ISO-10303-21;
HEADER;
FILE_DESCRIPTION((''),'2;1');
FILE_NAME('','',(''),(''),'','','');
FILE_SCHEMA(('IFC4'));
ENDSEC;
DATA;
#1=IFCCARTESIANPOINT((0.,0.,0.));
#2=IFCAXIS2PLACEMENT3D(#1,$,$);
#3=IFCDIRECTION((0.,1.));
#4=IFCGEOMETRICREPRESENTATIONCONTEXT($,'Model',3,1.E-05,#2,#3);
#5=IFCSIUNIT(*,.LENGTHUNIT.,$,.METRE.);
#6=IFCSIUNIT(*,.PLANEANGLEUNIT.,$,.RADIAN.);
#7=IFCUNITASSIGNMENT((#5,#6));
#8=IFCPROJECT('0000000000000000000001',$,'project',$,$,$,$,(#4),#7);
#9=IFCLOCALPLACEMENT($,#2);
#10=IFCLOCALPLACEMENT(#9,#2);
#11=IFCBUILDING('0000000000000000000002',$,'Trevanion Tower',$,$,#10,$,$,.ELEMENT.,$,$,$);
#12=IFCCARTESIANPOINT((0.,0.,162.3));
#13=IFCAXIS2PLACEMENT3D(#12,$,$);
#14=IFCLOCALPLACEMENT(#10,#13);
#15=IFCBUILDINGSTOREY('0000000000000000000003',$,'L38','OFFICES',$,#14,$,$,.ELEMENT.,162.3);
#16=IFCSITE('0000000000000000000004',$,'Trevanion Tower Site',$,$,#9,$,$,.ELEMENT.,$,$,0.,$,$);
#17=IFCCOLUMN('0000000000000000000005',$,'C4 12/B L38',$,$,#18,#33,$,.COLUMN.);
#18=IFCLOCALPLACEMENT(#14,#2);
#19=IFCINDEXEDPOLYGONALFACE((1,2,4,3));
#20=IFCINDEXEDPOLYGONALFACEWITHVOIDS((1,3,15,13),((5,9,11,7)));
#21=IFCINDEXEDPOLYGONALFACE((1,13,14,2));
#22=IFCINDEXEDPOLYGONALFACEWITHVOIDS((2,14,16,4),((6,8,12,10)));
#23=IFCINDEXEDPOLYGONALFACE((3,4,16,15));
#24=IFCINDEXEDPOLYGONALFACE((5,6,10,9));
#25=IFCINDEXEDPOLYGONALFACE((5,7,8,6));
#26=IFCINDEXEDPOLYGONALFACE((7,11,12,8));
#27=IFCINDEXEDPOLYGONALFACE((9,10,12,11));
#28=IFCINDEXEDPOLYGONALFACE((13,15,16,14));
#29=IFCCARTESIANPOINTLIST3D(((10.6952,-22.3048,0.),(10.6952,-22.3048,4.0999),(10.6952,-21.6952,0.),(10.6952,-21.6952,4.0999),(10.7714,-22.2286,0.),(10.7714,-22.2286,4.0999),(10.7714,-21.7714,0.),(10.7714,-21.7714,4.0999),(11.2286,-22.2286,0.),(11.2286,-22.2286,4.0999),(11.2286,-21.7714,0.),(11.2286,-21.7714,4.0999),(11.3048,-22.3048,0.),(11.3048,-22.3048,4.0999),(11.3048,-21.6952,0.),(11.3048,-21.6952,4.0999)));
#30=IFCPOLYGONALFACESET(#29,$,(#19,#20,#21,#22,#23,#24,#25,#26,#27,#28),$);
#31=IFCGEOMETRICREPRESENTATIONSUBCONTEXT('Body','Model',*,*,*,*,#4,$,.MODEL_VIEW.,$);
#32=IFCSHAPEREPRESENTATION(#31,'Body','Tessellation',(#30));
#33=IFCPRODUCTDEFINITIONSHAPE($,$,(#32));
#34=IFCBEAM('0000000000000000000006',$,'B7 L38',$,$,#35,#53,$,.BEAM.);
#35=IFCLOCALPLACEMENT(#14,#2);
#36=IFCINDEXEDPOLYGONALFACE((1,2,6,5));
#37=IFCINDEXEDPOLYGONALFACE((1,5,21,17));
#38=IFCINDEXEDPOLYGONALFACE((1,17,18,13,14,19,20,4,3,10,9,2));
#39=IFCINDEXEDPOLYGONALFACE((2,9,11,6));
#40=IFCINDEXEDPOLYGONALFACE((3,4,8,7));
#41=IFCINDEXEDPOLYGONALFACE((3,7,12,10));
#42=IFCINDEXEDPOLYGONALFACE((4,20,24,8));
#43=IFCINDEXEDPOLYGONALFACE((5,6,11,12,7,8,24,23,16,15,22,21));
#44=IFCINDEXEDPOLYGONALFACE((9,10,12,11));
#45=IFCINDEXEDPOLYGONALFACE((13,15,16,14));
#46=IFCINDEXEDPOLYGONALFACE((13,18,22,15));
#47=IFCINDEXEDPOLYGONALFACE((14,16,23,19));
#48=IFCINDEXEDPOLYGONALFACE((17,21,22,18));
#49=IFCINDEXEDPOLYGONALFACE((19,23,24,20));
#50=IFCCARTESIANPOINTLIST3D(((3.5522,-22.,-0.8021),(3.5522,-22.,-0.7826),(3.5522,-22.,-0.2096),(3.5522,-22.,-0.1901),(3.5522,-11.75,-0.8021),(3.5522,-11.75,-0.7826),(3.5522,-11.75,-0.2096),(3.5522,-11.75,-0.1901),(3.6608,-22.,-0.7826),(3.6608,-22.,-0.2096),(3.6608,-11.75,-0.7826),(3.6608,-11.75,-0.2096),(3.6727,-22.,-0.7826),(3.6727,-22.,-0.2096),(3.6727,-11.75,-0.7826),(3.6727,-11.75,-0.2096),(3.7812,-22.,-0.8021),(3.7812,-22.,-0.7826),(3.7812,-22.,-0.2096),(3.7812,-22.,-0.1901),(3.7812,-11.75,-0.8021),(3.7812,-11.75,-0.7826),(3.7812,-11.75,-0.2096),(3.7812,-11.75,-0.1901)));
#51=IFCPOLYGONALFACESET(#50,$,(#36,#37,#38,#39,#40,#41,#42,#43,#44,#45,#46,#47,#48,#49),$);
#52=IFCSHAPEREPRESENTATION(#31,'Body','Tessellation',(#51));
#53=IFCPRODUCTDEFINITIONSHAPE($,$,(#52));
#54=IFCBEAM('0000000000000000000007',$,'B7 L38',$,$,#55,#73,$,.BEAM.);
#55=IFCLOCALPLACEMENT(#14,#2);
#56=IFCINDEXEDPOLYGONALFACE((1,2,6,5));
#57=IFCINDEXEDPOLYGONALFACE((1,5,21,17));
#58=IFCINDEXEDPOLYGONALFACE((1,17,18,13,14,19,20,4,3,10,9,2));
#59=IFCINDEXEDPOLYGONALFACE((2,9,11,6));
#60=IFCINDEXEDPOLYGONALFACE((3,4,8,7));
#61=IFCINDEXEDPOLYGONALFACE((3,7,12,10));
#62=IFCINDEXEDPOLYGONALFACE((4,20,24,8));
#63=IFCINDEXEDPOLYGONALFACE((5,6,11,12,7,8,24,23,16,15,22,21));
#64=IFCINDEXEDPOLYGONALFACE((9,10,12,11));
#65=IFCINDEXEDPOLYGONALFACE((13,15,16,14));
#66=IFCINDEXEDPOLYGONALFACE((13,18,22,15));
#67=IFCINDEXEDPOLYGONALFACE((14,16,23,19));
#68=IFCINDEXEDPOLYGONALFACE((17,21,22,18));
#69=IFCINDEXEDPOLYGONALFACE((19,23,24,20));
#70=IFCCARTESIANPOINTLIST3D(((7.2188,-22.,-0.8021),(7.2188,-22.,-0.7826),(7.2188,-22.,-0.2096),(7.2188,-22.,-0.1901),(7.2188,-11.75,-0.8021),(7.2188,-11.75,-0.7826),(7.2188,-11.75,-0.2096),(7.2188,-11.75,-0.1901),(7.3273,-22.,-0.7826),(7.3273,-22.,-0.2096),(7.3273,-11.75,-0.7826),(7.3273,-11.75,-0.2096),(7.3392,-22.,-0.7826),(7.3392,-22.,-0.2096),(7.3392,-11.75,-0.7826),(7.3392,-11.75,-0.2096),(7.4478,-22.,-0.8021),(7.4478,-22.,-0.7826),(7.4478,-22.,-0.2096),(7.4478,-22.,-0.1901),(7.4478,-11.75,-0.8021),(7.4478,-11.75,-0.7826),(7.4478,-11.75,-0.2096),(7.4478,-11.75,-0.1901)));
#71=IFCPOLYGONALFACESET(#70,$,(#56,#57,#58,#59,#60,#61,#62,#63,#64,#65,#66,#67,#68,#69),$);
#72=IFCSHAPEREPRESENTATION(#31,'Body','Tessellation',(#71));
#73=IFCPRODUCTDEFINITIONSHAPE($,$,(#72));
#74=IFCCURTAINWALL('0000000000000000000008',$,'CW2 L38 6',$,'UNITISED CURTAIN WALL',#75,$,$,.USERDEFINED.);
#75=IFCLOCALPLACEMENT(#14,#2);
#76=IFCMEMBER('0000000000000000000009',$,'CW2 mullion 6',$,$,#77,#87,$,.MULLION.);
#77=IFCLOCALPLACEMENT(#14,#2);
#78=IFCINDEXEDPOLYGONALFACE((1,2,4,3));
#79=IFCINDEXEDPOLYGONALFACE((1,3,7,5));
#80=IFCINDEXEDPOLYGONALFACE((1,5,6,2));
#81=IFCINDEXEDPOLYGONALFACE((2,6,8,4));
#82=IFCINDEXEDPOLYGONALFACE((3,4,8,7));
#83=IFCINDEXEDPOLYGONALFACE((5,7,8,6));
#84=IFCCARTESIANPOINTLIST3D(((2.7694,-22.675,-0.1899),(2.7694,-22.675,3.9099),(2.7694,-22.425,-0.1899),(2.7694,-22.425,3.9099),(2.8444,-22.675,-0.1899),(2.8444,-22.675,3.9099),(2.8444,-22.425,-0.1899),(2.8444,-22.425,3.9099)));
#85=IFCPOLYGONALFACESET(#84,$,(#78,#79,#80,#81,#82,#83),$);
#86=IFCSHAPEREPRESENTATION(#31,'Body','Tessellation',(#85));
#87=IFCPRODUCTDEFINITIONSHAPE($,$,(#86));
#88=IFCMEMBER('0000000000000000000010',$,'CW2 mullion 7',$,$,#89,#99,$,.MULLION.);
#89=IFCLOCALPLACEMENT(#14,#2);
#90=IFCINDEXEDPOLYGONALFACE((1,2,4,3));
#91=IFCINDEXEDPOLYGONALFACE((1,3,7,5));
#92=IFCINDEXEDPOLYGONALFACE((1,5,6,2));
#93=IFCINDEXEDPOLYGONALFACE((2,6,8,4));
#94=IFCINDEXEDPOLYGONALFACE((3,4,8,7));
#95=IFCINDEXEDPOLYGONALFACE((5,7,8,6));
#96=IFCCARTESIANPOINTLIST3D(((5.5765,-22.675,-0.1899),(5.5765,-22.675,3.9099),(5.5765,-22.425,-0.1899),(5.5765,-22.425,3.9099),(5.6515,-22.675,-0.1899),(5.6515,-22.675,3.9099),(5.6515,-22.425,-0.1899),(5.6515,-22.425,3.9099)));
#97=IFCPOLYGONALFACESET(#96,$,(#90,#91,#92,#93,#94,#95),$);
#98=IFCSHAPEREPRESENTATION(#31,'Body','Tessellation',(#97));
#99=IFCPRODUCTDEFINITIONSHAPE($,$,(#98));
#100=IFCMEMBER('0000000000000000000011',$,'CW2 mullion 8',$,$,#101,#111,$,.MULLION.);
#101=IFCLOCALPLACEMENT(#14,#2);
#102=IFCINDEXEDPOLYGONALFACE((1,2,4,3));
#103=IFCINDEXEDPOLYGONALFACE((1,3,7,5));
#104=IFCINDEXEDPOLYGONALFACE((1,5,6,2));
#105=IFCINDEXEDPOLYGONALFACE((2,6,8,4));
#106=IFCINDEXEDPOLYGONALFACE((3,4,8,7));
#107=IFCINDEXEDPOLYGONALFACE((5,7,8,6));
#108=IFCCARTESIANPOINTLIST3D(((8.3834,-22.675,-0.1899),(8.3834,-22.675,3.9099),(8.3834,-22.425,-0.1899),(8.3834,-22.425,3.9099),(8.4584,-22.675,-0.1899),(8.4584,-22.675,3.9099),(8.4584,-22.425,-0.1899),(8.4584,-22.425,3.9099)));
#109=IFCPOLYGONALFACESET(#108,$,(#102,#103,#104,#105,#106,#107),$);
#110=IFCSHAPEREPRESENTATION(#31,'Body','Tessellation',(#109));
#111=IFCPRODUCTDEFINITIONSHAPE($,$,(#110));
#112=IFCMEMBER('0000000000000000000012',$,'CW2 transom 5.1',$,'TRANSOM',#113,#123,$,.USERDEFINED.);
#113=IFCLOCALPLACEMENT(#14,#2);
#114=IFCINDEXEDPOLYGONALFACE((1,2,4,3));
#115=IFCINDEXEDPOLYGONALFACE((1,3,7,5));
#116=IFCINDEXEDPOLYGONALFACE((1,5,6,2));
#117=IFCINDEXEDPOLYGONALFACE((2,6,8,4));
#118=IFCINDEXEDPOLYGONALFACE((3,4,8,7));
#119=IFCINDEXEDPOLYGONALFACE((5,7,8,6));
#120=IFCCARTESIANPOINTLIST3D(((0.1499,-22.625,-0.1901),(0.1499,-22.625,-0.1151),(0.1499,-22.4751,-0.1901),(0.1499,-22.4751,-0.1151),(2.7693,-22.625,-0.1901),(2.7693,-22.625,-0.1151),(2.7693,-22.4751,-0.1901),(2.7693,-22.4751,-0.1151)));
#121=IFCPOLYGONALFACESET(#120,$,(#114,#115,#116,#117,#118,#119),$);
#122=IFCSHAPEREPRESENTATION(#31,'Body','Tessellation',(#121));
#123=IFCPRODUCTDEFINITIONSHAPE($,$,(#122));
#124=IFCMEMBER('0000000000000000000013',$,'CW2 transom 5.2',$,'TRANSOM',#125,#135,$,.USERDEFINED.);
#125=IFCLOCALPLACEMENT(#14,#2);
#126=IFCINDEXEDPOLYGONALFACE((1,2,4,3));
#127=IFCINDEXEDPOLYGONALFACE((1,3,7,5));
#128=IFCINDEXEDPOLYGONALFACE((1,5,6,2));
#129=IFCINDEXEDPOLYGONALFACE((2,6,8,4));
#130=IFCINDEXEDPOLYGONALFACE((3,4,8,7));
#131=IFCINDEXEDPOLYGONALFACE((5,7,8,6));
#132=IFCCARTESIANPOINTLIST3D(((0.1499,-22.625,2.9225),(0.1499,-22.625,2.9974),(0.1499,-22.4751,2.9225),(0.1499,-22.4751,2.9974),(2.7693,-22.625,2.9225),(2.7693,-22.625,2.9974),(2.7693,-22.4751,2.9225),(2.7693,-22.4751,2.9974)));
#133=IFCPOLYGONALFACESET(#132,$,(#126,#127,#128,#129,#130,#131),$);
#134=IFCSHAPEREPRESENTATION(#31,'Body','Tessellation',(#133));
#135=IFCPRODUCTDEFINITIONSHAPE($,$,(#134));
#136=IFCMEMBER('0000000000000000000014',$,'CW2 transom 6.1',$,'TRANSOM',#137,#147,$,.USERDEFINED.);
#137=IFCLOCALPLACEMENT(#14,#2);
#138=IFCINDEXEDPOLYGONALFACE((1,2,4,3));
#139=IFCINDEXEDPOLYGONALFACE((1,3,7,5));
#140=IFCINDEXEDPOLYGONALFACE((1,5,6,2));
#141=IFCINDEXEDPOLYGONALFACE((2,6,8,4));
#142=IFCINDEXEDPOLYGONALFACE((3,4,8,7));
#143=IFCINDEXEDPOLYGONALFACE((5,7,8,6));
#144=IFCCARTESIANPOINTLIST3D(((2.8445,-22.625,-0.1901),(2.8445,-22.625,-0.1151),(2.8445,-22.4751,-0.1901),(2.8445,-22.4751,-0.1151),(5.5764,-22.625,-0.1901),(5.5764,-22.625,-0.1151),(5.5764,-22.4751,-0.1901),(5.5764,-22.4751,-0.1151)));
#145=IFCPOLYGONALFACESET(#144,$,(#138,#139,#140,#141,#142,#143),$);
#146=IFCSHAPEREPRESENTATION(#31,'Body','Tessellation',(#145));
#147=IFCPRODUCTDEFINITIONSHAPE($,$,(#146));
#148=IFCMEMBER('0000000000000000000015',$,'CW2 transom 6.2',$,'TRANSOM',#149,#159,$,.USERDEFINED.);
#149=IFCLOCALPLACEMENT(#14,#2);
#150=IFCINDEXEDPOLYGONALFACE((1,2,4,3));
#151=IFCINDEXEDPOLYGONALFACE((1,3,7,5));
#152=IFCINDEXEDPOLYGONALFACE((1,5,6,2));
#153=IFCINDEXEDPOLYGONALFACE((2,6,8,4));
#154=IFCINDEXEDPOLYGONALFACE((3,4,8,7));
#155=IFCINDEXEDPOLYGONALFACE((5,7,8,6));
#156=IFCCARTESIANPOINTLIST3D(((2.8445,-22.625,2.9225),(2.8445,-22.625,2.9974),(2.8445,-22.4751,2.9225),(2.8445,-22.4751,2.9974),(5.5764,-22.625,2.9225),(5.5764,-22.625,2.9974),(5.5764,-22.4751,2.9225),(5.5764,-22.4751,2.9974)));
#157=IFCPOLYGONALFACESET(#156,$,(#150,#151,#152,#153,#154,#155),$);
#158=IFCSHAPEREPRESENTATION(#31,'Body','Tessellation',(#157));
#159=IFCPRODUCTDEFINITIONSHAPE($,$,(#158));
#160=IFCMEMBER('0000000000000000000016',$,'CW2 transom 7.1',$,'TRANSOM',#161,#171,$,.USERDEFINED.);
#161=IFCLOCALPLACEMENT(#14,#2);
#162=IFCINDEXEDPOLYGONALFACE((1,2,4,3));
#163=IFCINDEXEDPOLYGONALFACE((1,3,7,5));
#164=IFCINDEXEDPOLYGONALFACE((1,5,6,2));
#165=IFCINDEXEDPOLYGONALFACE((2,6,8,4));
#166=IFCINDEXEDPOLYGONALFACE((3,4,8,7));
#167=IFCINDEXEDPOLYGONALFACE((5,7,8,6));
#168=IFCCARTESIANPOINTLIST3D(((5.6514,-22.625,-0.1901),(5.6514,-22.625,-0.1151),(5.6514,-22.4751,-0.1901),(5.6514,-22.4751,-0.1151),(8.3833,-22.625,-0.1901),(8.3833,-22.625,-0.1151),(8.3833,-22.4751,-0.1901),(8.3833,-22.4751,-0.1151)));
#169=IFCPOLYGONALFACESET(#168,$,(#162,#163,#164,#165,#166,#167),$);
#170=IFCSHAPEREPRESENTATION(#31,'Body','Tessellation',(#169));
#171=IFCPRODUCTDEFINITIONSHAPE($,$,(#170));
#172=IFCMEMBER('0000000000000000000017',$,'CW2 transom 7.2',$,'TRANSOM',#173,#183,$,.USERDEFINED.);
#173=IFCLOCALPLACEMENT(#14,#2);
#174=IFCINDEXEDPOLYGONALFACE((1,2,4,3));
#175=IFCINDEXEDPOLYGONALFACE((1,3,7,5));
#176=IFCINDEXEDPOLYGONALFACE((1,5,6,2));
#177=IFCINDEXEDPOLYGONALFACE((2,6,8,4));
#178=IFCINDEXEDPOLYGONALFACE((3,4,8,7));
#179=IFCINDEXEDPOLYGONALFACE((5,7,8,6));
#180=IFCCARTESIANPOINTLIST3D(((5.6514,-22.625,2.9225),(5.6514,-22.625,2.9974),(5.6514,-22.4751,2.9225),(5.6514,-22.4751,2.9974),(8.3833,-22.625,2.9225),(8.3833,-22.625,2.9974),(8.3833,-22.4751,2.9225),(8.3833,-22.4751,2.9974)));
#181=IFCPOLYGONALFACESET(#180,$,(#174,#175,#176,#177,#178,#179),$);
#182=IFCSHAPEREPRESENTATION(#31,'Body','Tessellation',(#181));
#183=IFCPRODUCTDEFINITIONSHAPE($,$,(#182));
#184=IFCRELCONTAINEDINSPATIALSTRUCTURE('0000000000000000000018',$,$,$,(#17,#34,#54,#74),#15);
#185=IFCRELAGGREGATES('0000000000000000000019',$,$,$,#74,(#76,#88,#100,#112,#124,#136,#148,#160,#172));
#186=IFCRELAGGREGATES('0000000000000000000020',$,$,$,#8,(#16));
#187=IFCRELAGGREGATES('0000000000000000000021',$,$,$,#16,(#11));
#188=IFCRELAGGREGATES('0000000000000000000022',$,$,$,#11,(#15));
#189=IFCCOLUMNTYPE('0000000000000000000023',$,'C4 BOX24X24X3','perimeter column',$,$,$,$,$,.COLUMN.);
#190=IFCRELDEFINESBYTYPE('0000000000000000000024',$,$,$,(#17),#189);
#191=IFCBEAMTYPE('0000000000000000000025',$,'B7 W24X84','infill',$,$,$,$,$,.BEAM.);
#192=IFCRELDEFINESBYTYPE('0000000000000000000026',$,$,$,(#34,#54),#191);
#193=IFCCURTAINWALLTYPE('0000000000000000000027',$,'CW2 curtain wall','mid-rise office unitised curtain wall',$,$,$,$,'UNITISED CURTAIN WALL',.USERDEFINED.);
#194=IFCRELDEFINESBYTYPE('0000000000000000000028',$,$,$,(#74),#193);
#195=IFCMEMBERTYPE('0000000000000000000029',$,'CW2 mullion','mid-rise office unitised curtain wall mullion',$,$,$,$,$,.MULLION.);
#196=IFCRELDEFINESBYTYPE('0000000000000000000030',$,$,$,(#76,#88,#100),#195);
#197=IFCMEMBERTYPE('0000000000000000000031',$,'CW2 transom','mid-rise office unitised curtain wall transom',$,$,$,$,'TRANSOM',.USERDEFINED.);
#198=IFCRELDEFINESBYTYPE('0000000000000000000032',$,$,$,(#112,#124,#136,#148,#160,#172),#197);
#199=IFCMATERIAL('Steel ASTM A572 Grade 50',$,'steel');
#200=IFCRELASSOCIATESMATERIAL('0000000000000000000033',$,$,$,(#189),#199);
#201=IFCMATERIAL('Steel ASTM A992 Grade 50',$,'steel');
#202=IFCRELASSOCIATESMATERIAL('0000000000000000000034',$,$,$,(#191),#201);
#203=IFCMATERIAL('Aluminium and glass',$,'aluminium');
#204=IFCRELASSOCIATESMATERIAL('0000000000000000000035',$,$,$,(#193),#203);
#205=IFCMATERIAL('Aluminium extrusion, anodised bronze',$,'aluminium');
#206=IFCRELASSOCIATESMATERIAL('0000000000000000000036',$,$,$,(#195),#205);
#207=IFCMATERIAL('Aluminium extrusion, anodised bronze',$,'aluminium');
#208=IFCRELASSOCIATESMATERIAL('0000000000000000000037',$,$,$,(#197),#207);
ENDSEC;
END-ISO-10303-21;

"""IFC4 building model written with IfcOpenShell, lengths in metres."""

from ifc_helpers import new_model, si_unit, direction, frame, origin, origin_2d, place, context, subcontext, project, spatial, rectangle, hollow_rectangle, i_section, extrude, material, material_profile, profile_set, type_object, element, aggregate, save


model = new_model("IFC4")

# Units and contexts
model_context = context("Model", 3, precision=1e-05, world=origin(), true_north=direction((0.0, 1.0)))
body_context = subcontext(model_context, "Body", "Model", "MODEL_VIEW")
ifc_project = project(units=[si_unit("LENGTHUNIT", "METRE"), si_unit("PLANEANGLEUNIT", "RADIAN")], contexts=[model_context])

# Site, building, storey
site_placement = place(None, origin())
site = spatial("IfcSite", under=ifc_project, at=site_placement, Name="Trevanion Tower Site", CompositionType="ELEMENT", RefElevation=0.0)
building_placement = place(site_placement, origin())
building = spatial("IfcBuilding", under=site, at=building_placement, Name="Trevanion Tower", CompositionType="ELEMENT")
storey_placement = place(building_placement, frame((0.0, 0.0, 162.3)))
storey = spatial("IfcBuildingStorey", under=building, at=storey_placement, Name="L38", Description="OFFICES", CompositionType="ELEMENT", Elevation=162.3)

# Column
ifc_material_1 = material(Name="Steel ASTM A572 Grade 50", Category="steel")
ifc_material_profile_1 = material_profile(ifc_material_1, hollow_rectangle(XDim=0.6096, YDim=0.6096, WallThickness=0.0762, at=origin_2d()), Name="BOX24X24X3")
ifc_profile_set_1 = profile_set([ifc_material_profile_1], Name="Steel ASTM A572 Grade 50")
column_type = type_object("IfcColumnType", Name="C4 BOX24X24X3", Description="perimeter column", PredefinedType="COLUMN", material=ifc_profile_set_1)
column_placement = place(storey_placement, frame((11.0, -22.0, 0.0), z_axis=(0.0, 0.0, 1.0), x_axis=(1.0, 0.0, 0.0)))
element("IfcColumn", 1, at=column_placement, inside=storey, type_object=column_type, Name="C4 12/B L38", PredefinedType="COLUMN", context=body_context, shape_type="SweptSolid", body=[
    extrude(hollow_rectangle(XDim=0.6096, YDim=0.6096, WallThickness=0.0762, at=origin_2d()), origin(), (0.0, 0.0, 1.0), 4.0999),
])

# Beams
ifc_material_2 = material(Name="Steel ASTM A992 Grade 50", Category="steel")
ifc_material_profile_2 = material_profile(ifc_material_2, i_section(OverallWidth=0.229, OverallDepth=0.6121, WebThickness=0.012, FlangeThickness=0.0195, at=origin_2d()), Name="W24X84")
ifc_profile_set_2 = profile_set([ifc_material_profile_2], Name="Steel ASTM A992 Grade 50")
beam_type_1 = type_object("IfcBeamType", Name="B7 W24X84", Description="infill", PredefinedType="BEAM", material=ifc_profile_set_2)
for number, where, z_axis, x_axis, name in (
    (2, (3.6667, -11.75, -0.4961), (0.0, -1.0, 0.0), (1.0, 0.0, 0.0), "B7 L38"),
    (3, (7.3333, -11.75, -0.4961), (0.0, -1.0, 0.0), (1.0, 0.0, 0.0), "B7 L38"),
):
    element("IfcBeam", number, at=place(storey_placement, frame(where, z_axis=z_axis, x_axis=x_axis)), inside=storey, type_object=beam_type_1, Name=name, PredefinedType="BEAM", context=body_context, shape_type="SweptSolid", body=[
        extrude(i_section(OverallWidth=0.229, OverallDepth=0.6121, WebThickness=0.012, FlangeThickness=0.0195, at=origin_2d()), origin(), (0.0, 0.0, 1.0), 10.25),
    ])

# Curtain wall, members
ifc_material_3 = material(Name="Aluminium and glass", Category="aluminium")
curtain_wall_type = type_object("IfcCurtainWallType", Name="CW2 curtain wall", Description="mid-rise office unitised curtain wall", ElementType="UNITISED CURTAIN WALL", PredefinedType="USERDEFINED", material=ifc_material_3)
curtain_wall_placement = place(storey_placement, origin())
curtain_wall = element("IfcCurtainWall", 4, at=curtain_wall_placement, inside=storey, type_object=curtain_wall_type, Name="CW2 L38 6", ObjectType="UNITISED CURTAIN WALL", PredefinedType="USERDEFINED")
ifc_material_4 = material(Name="Aluminium extrusion, anodised bronze", Category="aluminium")
ifc_material_profile_3 = material_profile(ifc_material_4, rectangle(XDim=0.075, YDim=0.25, at=origin_2d()), Name="CW2 mullion")
ifc_profile_set_3 = profile_set([ifc_material_profile_3], Name="Aluminium extrusion, anodised bronze")
member_type_1 = type_object("IfcMemberType", Name="CW2 mullion", Description="mid-rise office unitised curtain wall mullion", PredefinedType="MULLION", material=ifc_profile_set_3)
member_1_placement = place(storey_placement, frame((2.8069, -22.55, -0.1899), z_axis=(0.0, 0.0, 1.0), x_axis=(1.0, 0.0, 0.0)))
member_1 = element("IfcMember", 5, at=member_1_placement, type_object=member_type_1, Name="CW2 mullion 6", PredefinedType="MULLION", context=body_context, shape_type="SweptSolid", body=[
    extrude(rectangle(XDim=0.075, YDim=0.25, at=origin_2d()), origin(), (0.0, 0.0, 1.0), 4.0999),
])
member_2_placement = place(storey_placement, frame((5.614, -22.55, -0.1899), z_axis=(0.0, 0.0, 1.0), x_axis=(1.0, 0.0, 0.0)))
member_2 = element("IfcMember", 6, at=member_2_placement, type_object=member_type_1, Name="CW2 mullion 7", PredefinedType="MULLION", context=body_context, shape_type="SweptSolid", body=[
    extrude(rectangle(XDim=0.075, YDim=0.25, at=origin_2d()), origin(), (0.0, 0.0, 1.0), 4.0999),
])
member_3_placement = place(storey_placement, frame((8.4209, -22.55, -0.1899), z_axis=(0.0, 0.0, 1.0), x_axis=(1.0, 0.0, 0.0)))
member_3 = element("IfcMember", 7, at=member_3_placement, type_object=member_type_1, Name="CW2 mullion 8", PredefinedType="MULLION", context=body_context, shape_type="SweptSolid", body=[
    extrude(rectangle(XDim=0.075, YDim=0.25, at=origin_2d()), origin(), (0.0, 0.0, 1.0), 4.0999),
])
ifc_material_5 = material(Name="Aluminium extrusion, anodised bronze", Category="aluminium")
ifc_material_profile_4 = material_profile(ifc_material_5, rectangle(XDim=0.1499, YDim=0.075, at=origin_2d()), Name="CW2 transom")
ifc_profile_set_4 = profile_set([ifc_material_profile_4], Name="Aluminium extrusion, anodised bronze")
member_type_2 = type_object("IfcMemberType", Name="CW2 transom", Description="mid-rise office unitised curtain wall transom", ElementType="TRANSOM", PredefinedType="USERDEFINED", material=ifc_profile_set_4)
member_4_placement = place(storey_placement, frame((0.1499, -22.55, -0.1526), z_axis=(1.0, 0.0, 0.0), x_axis=(0.0, 1.0, 0.0)))
member_4 = element("IfcMember", 8, at=member_4_placement, type_object=member_type_2, Name="CW2 transom 5.1", ObjectType="TRANSOM", PredefinedType="USERDEFINED", context=body_context, shape_type="SweptSolid", body=[
    extrude(rectangle(XDim=0.1499, YDim=0.075, at=origin_2d()), origin(), (0.0, 0.0, 1.0), 2.6194),
])
member_5_placement = place(storey_placement, frame((0.1499, -22.55, 2.96), z_axis=(1.0, 0.0, 0.0), x_axis=(0.0, 1.0, 0.0)))
member_5 = element("IfcMember", 9, at=member_5_placement, type_object=member_type_2, Name="CW2 transom 5.2", ObjectType="TRANSOM", PredefinedType="USERDEFINED", context=body_context, shape_type="SweptSolid", body=[
    extrude(rectangle(XDim=0.1499, YDim=0.075, at=origin_2d()), origin(), (0.0, 0.0, 1.0), 2.6194),
])
member_6_placement = place(storey_placement, frame((2.8445, -22.55, -0.1526), z_axis=(1.0, 0.0, 0.0), x_axis=(0.0, 1.0, 0.0)))
member_6 = element("IfcMember", 10, at=member_6_placement, type_object=member_type_2, Name="CW2 transom 6.1", ObjectType="TRANSOM", PredefinedType="USERDEFINED", context=body_context, shape_type="SweptSolid", body=[
    extrude(rectangle(XDim=0.1499, YDim=0.075, at=origin_2d()), origin(), (0.0, 0.0, 1.0), 2.7319),
])
member_7_placement = place(storey_placement, frame((2.8445, -22.55, 2.96), z_axis=(1.0, 0.0, 0.0), x_axis=(0.0, 1.0, 0.0)))
member_7 = element("IfcMember", 11, at=member_7_placement, type_object=member_type_2, Name="CW2 transom 6.2", ObjectType="TRANSOM", PredefinedType="USERDEFINED", context=body_context, shape_type="SweptSolid", body=[
    extrude(rectangle(XDim=0.1499, YDim=0.075, at=origin_2d()), origin(), (0.0, 0.0, 1.0), 2.7319),
])
member_8_placement = place(storey_placement, frame((5.6514, -22.55, -0.1526), z_axis=(1.0, 0.0, 0.0), x_axis=(0.0, 1.0, 0.0)))
member_8 = element("IfcMember", 12, at=member_8_placement, type_object=member_type_2, Name="CW2 transom 7.1", ObjectType="TRANSOM", PredefinedType="USERDEFINED", context=body_context, shape_type="SweptSolid", body=[
    extrude(rectangle(XDim=0.1499, YDim=0.075, at=origin_2d()), origin(), (0.0, 0.0, 1.0), 2.7319),
])
member_9_placement = place(storey_placement, frame((5.6514, -22.55, 2.96), z_axis=(1.0, 0.0, 0.0), x_axis=(0.0, 1.0, 0.0)))
member_9 = element("IfcMember", 13, at=member_9_placement, type_object=member_type_2, Name="CW2 transom 7.2", ObjectType="TRANSOM", PredefinedType="USERDEFINED", context=body_context, shape_type="SweptSolid", body=[
    extrude(rectangle(XDim=0.1499, YDim=0.075, at=origin_2d()), origin(), (0.0, 0.0, 1.0), 2.7319),
])

aggregate(curtain_wall, [member_1, member_2, member_3, member_4, member_5, member_6, member_7, member_8, member_9])

save(model, "model.ifc")
